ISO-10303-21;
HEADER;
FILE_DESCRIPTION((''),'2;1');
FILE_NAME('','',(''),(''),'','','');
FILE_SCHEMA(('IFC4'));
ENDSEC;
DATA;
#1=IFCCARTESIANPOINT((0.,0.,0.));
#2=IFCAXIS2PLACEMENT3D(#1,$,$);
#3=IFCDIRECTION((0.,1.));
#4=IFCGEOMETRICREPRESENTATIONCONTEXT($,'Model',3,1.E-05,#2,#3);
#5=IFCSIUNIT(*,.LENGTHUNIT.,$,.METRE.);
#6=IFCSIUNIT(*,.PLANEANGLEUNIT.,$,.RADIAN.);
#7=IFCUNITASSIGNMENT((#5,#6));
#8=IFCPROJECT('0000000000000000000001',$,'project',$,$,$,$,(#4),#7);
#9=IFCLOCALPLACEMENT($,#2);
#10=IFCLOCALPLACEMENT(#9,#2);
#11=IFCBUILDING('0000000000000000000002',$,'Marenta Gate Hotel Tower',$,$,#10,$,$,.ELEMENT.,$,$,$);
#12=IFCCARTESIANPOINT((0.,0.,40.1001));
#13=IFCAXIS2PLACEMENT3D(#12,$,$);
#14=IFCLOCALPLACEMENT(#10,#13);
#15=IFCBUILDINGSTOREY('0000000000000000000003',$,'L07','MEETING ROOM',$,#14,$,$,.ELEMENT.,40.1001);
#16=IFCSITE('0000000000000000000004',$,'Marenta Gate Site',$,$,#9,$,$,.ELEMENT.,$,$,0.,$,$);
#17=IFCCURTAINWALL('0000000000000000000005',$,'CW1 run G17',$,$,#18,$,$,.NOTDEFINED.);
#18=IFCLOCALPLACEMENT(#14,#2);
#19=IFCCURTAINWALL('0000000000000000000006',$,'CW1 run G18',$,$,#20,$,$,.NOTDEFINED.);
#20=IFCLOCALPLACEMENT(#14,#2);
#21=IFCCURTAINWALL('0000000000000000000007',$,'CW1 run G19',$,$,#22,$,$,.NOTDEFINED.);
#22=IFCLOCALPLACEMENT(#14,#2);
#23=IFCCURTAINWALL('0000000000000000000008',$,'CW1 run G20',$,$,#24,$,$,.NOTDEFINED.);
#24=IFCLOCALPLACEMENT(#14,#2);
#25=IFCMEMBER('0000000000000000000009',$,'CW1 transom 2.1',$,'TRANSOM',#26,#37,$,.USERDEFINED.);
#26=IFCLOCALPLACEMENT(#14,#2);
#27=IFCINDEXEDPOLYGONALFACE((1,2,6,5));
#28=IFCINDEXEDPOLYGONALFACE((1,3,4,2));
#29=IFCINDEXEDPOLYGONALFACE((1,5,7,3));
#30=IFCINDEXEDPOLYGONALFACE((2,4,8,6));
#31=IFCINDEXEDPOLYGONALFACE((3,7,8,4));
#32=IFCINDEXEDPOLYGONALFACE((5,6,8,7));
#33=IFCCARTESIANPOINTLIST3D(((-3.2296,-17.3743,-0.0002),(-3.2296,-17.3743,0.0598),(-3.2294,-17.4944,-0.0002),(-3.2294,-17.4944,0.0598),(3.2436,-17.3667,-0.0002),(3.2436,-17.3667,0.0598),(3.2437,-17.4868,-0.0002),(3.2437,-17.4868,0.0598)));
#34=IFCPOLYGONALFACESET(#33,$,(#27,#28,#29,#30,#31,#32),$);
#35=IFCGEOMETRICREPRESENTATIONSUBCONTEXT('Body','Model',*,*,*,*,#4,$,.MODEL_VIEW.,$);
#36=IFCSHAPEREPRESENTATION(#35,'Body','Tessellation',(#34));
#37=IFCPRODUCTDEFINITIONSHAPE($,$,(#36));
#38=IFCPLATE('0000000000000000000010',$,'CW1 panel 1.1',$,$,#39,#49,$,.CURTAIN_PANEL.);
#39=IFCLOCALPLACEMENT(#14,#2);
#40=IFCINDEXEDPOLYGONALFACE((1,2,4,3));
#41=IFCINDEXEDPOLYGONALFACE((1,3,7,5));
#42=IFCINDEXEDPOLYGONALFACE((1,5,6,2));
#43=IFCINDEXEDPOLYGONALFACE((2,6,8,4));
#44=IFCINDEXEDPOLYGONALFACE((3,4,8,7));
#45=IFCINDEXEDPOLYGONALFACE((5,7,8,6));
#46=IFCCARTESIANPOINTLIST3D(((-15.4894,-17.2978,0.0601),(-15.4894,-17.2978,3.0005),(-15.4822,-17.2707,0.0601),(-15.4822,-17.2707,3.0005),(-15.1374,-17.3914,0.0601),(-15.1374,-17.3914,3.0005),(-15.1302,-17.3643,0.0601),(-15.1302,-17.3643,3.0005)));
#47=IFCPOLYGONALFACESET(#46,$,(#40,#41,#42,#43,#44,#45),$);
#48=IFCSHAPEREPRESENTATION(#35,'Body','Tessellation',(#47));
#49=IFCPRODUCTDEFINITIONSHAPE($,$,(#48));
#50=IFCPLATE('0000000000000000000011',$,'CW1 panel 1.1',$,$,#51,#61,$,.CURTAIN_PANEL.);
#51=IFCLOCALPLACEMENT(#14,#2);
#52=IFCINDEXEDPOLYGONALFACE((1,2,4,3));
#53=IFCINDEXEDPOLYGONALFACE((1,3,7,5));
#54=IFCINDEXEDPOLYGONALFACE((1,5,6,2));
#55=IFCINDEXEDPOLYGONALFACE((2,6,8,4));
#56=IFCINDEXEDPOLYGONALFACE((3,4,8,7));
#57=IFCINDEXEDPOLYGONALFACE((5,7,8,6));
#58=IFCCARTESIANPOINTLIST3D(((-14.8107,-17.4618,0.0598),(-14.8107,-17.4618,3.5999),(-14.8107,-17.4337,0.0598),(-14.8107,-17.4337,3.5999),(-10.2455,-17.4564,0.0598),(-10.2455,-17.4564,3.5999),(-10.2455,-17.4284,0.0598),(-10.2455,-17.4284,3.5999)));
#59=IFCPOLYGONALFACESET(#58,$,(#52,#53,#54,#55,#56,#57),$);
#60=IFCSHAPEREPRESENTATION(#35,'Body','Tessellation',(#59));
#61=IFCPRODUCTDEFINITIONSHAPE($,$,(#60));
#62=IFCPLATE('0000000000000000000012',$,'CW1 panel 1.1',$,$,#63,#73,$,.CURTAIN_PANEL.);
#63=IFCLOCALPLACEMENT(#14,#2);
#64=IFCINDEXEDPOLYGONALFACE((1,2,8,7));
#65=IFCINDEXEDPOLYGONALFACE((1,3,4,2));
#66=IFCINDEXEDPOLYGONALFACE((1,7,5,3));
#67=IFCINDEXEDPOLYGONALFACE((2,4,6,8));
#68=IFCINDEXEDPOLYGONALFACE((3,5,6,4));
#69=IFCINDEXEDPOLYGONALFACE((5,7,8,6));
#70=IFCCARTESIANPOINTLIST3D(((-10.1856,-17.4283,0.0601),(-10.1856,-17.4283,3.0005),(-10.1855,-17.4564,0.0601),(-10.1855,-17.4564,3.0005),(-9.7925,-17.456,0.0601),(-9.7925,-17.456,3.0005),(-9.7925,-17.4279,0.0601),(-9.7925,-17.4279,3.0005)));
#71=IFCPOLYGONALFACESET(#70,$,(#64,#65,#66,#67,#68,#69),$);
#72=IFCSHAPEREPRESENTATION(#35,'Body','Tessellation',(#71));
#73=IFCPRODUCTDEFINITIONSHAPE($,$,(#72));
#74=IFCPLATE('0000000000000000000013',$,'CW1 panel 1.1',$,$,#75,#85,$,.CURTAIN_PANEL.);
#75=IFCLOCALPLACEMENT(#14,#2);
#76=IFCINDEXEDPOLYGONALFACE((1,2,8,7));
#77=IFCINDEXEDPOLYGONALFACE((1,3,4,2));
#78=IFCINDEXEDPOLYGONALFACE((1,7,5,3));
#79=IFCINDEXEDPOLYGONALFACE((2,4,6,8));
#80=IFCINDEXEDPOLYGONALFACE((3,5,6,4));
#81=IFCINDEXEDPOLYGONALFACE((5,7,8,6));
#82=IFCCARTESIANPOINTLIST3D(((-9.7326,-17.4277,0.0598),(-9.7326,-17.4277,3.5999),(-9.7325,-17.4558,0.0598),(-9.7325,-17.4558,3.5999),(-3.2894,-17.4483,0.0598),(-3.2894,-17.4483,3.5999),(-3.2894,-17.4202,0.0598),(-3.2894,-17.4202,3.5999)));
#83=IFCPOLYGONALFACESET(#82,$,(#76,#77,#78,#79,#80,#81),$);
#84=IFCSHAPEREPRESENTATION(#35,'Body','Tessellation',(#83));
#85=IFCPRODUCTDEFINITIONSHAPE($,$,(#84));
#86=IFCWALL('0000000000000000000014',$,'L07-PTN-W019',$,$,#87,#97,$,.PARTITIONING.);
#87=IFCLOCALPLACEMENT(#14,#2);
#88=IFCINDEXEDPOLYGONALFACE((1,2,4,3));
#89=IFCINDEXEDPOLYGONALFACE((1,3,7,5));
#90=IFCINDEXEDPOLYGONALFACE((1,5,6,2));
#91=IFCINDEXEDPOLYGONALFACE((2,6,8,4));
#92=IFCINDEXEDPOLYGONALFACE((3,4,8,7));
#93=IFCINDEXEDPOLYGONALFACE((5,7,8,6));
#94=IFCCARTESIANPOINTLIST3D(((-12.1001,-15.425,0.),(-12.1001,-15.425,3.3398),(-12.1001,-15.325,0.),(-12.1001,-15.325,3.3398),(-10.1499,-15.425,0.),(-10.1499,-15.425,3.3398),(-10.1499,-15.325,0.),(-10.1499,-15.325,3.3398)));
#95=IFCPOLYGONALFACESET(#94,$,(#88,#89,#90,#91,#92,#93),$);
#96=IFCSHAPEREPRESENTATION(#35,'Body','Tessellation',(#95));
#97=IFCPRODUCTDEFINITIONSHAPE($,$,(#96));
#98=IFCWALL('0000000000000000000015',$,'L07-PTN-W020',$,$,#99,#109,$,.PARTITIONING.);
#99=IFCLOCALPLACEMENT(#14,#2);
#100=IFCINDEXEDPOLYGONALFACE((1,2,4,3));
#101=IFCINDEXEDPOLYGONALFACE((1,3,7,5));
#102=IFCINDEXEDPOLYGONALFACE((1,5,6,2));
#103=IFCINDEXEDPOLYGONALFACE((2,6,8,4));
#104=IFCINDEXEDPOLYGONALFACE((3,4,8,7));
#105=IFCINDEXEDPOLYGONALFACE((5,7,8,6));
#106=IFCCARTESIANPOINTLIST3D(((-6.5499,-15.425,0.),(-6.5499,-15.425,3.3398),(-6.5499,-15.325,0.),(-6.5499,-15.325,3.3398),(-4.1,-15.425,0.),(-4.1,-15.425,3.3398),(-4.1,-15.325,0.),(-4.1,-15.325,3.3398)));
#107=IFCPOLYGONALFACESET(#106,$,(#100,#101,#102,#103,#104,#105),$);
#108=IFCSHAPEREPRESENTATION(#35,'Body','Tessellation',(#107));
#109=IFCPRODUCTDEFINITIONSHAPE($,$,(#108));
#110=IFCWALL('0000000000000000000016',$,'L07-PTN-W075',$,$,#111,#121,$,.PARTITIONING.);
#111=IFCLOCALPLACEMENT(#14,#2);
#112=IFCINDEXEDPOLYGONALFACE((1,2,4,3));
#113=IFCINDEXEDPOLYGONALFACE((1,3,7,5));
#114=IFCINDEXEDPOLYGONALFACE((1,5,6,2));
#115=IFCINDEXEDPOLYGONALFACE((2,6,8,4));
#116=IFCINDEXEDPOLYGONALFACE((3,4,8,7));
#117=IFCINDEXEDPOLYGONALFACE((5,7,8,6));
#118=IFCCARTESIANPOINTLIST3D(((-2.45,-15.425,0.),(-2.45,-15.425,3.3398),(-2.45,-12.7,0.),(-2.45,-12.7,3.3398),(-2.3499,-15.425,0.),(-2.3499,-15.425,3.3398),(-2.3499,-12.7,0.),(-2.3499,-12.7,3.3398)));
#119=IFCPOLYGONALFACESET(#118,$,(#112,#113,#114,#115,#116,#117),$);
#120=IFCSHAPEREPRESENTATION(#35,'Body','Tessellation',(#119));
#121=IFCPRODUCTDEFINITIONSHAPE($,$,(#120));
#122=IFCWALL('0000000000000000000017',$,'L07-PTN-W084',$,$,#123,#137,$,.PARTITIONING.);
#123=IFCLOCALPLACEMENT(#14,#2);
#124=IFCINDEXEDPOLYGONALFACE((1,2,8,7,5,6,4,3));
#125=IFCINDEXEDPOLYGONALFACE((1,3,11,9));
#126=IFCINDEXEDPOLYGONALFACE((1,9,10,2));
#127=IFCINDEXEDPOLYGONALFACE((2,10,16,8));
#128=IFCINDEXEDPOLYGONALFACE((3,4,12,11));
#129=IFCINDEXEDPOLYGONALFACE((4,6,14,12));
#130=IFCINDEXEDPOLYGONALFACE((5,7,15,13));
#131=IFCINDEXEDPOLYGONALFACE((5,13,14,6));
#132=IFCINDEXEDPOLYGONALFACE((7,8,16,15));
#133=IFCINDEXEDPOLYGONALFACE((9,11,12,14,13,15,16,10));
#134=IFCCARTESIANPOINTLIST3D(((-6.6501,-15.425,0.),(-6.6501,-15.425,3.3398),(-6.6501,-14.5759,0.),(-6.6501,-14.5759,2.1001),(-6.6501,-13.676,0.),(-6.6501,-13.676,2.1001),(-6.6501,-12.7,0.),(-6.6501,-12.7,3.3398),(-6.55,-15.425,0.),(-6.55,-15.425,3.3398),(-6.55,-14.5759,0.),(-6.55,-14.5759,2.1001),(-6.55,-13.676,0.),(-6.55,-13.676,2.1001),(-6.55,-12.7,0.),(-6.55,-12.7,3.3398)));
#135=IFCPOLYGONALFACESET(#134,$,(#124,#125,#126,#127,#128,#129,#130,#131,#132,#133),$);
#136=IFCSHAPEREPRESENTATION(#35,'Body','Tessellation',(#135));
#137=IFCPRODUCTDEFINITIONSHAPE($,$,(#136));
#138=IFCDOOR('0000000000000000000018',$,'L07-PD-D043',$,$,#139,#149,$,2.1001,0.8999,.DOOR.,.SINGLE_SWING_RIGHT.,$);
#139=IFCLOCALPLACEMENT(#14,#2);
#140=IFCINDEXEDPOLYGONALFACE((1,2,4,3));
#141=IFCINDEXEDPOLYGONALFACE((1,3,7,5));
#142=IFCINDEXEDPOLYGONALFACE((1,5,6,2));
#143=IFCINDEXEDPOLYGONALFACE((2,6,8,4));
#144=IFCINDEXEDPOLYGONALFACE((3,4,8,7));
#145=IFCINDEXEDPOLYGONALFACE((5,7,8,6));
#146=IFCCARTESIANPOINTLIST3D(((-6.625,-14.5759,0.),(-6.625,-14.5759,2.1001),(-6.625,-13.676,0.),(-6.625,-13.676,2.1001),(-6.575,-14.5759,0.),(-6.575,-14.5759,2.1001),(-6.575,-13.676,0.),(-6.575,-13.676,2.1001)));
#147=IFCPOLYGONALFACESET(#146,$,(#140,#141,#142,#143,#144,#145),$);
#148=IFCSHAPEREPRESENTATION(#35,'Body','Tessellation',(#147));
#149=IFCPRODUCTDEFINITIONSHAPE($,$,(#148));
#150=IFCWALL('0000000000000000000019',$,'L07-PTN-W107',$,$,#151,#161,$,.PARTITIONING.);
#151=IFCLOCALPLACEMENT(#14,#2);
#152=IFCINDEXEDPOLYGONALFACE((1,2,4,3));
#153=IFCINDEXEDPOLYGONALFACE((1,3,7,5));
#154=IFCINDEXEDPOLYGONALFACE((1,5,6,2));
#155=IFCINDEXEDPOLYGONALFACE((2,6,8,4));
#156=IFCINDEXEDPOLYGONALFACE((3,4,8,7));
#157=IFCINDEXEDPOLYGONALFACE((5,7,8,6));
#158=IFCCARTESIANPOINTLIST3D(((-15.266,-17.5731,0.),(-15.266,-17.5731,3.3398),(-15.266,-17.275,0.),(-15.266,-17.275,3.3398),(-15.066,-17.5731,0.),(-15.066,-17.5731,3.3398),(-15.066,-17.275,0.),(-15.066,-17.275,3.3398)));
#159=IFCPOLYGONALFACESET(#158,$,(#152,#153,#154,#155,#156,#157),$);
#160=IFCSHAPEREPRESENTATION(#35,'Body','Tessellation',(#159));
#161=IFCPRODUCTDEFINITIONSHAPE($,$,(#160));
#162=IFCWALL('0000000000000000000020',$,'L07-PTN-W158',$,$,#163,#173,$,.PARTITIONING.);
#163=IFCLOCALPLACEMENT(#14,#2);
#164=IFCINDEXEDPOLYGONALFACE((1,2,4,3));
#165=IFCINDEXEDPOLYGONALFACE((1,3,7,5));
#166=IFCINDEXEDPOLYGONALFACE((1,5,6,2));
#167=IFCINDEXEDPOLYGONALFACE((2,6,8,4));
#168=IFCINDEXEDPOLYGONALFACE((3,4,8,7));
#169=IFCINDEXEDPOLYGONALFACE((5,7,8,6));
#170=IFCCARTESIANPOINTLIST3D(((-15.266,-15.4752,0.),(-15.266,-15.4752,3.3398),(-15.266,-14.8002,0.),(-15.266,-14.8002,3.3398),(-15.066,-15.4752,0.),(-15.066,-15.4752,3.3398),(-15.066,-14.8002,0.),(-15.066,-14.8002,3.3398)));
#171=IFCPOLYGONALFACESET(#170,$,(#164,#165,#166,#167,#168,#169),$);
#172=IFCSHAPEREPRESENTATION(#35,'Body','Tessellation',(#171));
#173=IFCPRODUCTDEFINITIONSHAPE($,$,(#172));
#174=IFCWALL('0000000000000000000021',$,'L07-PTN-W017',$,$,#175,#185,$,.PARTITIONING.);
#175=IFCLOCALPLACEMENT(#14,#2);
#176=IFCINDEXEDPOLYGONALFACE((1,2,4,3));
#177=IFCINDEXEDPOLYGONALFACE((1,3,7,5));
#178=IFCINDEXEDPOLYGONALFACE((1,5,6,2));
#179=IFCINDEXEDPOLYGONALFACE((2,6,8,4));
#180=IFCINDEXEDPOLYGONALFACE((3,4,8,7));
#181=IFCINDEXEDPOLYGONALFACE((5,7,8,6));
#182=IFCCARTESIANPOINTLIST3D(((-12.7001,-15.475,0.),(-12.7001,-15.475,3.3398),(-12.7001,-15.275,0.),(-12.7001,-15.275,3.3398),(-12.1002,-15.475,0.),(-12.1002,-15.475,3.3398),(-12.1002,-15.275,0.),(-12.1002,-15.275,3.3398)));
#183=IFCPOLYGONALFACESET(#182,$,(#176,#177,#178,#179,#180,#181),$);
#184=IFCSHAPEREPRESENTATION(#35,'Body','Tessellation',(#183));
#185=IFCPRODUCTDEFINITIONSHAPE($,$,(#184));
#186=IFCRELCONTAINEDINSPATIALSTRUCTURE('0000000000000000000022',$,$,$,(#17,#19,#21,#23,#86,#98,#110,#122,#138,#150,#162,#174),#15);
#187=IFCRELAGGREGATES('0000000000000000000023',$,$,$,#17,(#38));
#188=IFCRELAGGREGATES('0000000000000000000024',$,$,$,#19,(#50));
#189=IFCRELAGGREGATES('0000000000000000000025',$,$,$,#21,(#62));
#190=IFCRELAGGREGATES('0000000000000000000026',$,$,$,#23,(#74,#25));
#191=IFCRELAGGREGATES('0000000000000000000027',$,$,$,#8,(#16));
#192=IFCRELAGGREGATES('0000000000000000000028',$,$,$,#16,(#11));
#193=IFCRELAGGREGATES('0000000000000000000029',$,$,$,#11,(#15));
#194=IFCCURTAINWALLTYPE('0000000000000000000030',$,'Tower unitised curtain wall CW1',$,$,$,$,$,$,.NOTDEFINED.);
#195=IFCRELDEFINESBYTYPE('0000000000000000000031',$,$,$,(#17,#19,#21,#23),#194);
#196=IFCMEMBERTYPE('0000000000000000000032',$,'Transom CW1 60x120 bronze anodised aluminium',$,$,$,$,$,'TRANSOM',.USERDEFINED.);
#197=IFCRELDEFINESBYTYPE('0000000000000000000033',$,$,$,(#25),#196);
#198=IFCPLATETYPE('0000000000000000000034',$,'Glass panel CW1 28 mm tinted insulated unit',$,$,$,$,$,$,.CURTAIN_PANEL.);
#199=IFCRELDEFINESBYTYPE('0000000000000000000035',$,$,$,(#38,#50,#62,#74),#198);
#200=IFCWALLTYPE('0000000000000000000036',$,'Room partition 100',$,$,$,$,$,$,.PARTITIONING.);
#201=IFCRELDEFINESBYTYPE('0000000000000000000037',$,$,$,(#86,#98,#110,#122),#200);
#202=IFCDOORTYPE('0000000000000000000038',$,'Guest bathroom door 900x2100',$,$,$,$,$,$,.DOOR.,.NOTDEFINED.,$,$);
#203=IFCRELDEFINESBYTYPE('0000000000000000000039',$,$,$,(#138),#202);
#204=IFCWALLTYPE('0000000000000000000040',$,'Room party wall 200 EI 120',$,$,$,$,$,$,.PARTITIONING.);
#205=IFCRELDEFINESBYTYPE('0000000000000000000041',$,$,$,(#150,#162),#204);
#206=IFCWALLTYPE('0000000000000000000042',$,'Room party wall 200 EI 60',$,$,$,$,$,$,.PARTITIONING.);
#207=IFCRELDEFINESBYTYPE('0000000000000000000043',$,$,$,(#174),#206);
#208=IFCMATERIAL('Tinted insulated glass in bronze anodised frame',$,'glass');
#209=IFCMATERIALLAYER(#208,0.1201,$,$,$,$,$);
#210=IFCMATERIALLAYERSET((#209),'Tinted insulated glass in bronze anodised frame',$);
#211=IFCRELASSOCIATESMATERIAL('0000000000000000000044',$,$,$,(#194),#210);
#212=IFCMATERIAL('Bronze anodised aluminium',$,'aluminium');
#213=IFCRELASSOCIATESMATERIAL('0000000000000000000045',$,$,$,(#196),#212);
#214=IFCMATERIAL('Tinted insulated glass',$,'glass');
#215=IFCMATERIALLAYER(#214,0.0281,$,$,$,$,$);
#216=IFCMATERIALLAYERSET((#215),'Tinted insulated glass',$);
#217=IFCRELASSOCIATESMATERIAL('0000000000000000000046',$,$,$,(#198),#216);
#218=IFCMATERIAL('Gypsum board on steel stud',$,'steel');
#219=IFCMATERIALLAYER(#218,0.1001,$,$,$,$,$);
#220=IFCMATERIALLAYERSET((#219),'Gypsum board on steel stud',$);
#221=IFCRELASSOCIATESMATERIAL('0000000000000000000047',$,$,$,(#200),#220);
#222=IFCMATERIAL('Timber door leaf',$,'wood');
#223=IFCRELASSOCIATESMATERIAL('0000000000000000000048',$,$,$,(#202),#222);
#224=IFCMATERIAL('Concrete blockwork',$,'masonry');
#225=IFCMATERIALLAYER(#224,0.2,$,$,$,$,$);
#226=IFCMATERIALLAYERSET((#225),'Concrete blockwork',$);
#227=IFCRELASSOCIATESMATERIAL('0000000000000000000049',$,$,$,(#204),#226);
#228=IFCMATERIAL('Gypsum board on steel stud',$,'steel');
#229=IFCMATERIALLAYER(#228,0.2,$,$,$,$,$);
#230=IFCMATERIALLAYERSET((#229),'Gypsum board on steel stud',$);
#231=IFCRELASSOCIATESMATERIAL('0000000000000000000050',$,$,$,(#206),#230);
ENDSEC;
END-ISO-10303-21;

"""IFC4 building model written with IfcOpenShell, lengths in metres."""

from ifc_helpers import new_model, si_unit, direction, frame, frame_2d, origin, origin_2d, place, context, subcontext, project, spatial, rectangle, extrude, material, layer, layer_set, material_profile, profile_set, type_object, element, fill, aggregate, save


model = new_model("IFC4")

# Units and contexts
model_context = context("Model", 3, precision=1e-05, world=origin(), true_north=direction((0.0, 1.0)))
body_context = subcontext(model_context, "Body", "Model", "MODEL_VIEW")
ifc_project = project(units=[si_unit("LENGTHUNIT", "METRE"), si_unit("PLANEANGLEUNIT", "RADIAN")], contexts=[model_context])

# Site, building, storey
site_placement = place(None, origin())
site = spatial("IfcSite", under=ifc_project, at=site_placement, Name="Marenta Gate Site", CompositionType="ELEMENT", RefElevation=0.0)
building_placement = place(site_placement, origin())
building = spatial("IfcBuilding", under=site, at=building_placement, Name="Marenta Gate Hotel Tower", CompositionType="ELEMENT")
storey_placement = place(building_placement, frame((0.0, 0.0, 40.1001)))
storey = spatial("IfcBuildingStorey", under=building, at=storey_placement, Name="L07", Description="MEETING ROOM", CompositionType="ELEMENT", Elevation=40.1001)

# Curtain wall
ifc_material_1 = material(Name="Tinted insulated glass in bronze anodised frame", Category="glass")
ifc_layer_1 = layer(ifc_material_1, 0.1201)
ifc_layer_set_1 = layer_set([ifc_layer_1], Name="Tinted insulated glass in bronze anodised frame")
curtain_wall_type = type_object("IfcCurtainWallType", Name="Tower unitised curtain wall CW1", PredefinedType="NOTDEFINED", material=ifc_layer_set_1)
curtain_wall_1_placement = place(storey_placement, origin())
curtain_wall_1 = element("IfcCurtainWall", 1, at=curtain_wall_1_placement, inside=storey, type_object=curtain_wall_type, Name="CW1 run G17", PredefinedType="NOTDEFINED")

# Curtain walls
curtain_wall_2_placement = place(storey_placement, origin())
curtain_wall_2 = element("IfcCurtainWall", 2, at=curtain_wall_2_placement, inside=storey, type_object=curtain_wall_type, Name="CW1 run G18", PredefinedType="NOTDEFINED")
curtain_wall_3_placement = place(storey_placement, origin())
curtain_wall_3 = element("IfcCurtainWall", 3, at=curtain_wall_3_placement, inside=storey, type_object=curtain_wall_type, Name="CW1 run G19", PredefinedType="NOTDEFINED")

# Curtain wall
curtain_wall_4_placement = place(storey_placement, origin())
curtain_wall_4 = element("IfcCurtainWall", 4, at=curtain_wall_4_placement, inside=storey, type_object=curtain_wall_type, Name="CW1 run G20", PredefinedType="NOTDEFINED")

# Member
ifc_material_2 = material(Name="Bronze anodised aluminium", Category="aluminium")
ifc_material_profile_1 = material_profile(ifc_material_2, rectangle(XDim=0.1201, YDim=0.0601, at=origin_2d()), Name="Transom CW1 60x120 bronze anodised aluminium")
ifc_profile_set_1 = profile_set([ifc_material_profile_1], Name="Bronze anodised aluminium")
member_type_1 = type_object("IfcMemberType", Name="Transom CW1 60x120 bronze anodised aluminium", ElementType="TRANSOM", PredefinedType="USERDEFINED", material=ifc_profile_set_1)
member_1_placement = place(storey_placement, frame((-3.2295, -17.4343, 0.0298), z_axis=(0.999999, 0.001169, 0.0), x_axis=(-0.001169, 0.999999, 0.0)))
member_1 = element("IfcMember", 5, at=member_1_placement, type_object=member_type_1, Name="CW1 transom 2.1", ObjectType="TRANSOM", PredefinedType="USERDEFINED", context=body_context, shape_type="SweptSolid", body=[
    extrude(rectangle(XDim=0.1201, YDim=0.0601, at=origin_2d()), origin(), (0.0, 0.0, 1.0), 6.4731),
])

# Plates
ifc_material_3 = material(Name="Tinted insulated glass", Category="glass")
ifc_layer_2 = layer(ifc_material_3, 0.0281)
ifc_layer_set_2 = layer_set([ifc_layer_2], Name="Tinted insulated glass")
plate_type = type_object("IfcPlateType", Name="Glass panel CW1 28 mm tinted insulated unit", PredefinedType="CURTAIN_PANEL", material=ifc_layer_set_2)
plate_1_placement = place(storey_placement, frame((-15.3098, -17.3311, 0.0601), z_axis=(0.0, 0.0, 1.0), x_axis=(0.966389, -0.257084, 0.0)))
plate_1 = element("IfcPlate", 6, at=plate_1_placement, type_object=plate_type, Name="CW1 panel 1.1", PredefinedType="CURTAIN_PANEL", context=body_context, shape_type="SweptSolid", body=[
    extrude(rectangle(XDim=0.3643, YDim=0.0281, at=origin_2d()), origin(), (0.0, 0.0, 1.0), 2.9404),
])
aggregate(curtain_wall_1, [plate_1])
plate_2_placement = place(storey_placement, frame((-12.5281, -17.4451, 0.0598), z_axis=(0.0, 0.0, 1.0), x_axis=(0.999999, 0.001168, 0.0)))
plate_2 = element("IfcPlate", 7, at=plate_2_placement, type_object=plate_type, Name="CW1 panel 1.1", PredefinedType="CURTAIN_PANEL", context=body_context, shape_type="SweptSolid", body=[
    extrude(rectangle(XDim=4.5652, YDim=0.0281, at=origin_2d()), origin(), (0.0, 0.0, 1.0), 3.54),
])
aggregate(curtain_wall_2, [plate_2])
plate_3_placement = place(storey_placement, frame((-9.989, -17.4421, 0.0601), z_axis=(0.0, 0.0, 1.0), x_axis=(0.999999, 0.001104, 0.0)))
plate_3 = element("IfcPlate", 8, at=plate_3_placement, type_object=plate_type, Name="CW1 panel 1.1", PredefinedType="CURTAIN_PANEL", context=body_context, shape_type="SweptSolid", body=[
    extrude(rectangle(XDim=0.3931, YDim=0.0281, at=origin_2d()), origin(), (0.0, 0.0, 1.0), 2.9404),
])
aggregate(curtain_wall_3, [plate_3])
plate_4_placement = place(storey_placement, frame((-6.511, -17.438, 0.0598), z_axis=(0.0, 0.0, 1.0), x_axis=(0.999999, 0.001163, 0.0)))
plate_4 = element("IfcPlate", 9, at=plate_4_placement, type_object=plate_type, Name="CW1 panel 1.1", PredefinedType="CURTAIN_PANEL", context=body_context, shape_type="SweptSolid", body=[
    extrude(rectangle(XDim=6.4431, YDim=0.0281, at=origin_2d()), origin(), (0.0, 0.0, 1.0), 3.54),
])
aggregate(curtain_wall_4, [plate_4, member_1])

# Walls
ifc_material_4 = material(Name="Gypsum board on steel stud", Category="steel")
ifc_layer_3 = layer(ifc_material_4, 0.1001)
ifc_layer_set_3 = layer_set([ifc_layer_3], Name="Gypsum board on steel stud")
wall_type_1 = type_object("IfcWallType", Name="Room partition 100", PredefinedType="PARTITIONING", material=ifc_layer_set_3)
wall_1_placement = place(storey_placement, frame((-12.1001, -15.375, 0.0), z_axis=(0.0, 0.0, 1.0), x_axis=(1.0, 0.0, 0.0)))
element("IfcWall", 10, at=wall_1_placement, inside=storey, type_object=wall_type_1, Name="L07-PTN-W019", PredefinedType="PARTITIONING", context=body_context, shape_type="SweptSolid", body=[
    extrude(rectangle(XDim=1.9502, YDim=0.1001, at=frame_2d((0.9751, 0.0))), origin(), (0.0, 0.0, 1.0), 3.3398),
])
wall_2_placement = place(storey_placement, frame((-6.55, -15.375, 0.0), z_axis=(0.0, 0.0, 1.0), x_axis=(1.0, 0.0, 0.0)))
element("IfcWall", 11, at=wall_2_placement, inside=storey, type_object=wall_type_1, Name="L07-PTN-W020", PredefinedType="PARTITIONING", context=body_context, shape_type="SweptSolid", body=[
    extrude(rectangle(XDim=2.45, YDim=0.1001, at=frame_2d((1.2251, 0.0))), origin(), (0.0, 0.0, 1.0), 3.3398),
])
wall_3_placement = place(storey_placement, frame((-2.3999, -15.425, 0.0), z_axis=(0.0, 0.0, 1.0), x_axis=(0.0, 1.0, 0.0)))
element("IfcWall", 12, at=wall_3_placement, inside=storey, type_object=wall_type_1, Name="L07-PTN-W075", PredefinedType="PARTITIONING", context=body_context, shape_type="SweptSolid", body=[
    extrude(rectangle(XDim=2.7251, YDim=0.1001, at=frame_2d((1.3625, 0.0))), origin(), (0.0, 0.0, 1.0), 3.3398),
])

# Wall, opening, door
wall_4_placement = place(storey_placement, frame((-6.6001, -15.425, 0.0), z_axis=(0.0, 0.0, 1.0), x_axis=(0.0, 1.0, 0.0)))
wall_4 = element("IfcWall", 13, at=wall_4_placement, inside=storey, type_object=wall_type_1, Name="L07-PTN-W084", PredefinedType="PARTITIONING", context=body_context, shape_type="SweptSolid", body=[
    extrude(rectangle(XDim=2.7251, YDim=0.1001, at=frame_2d((1.3625, 0.0))), origin(), (0.0, 0.0, 1.0), 3.3398),
])
opening_placement = place(wall_4_placement, frame((0.8491, 0.0, 0.0)))
opening = element("IfcOpeningElement", 14, at=opening_placement, cuts=wall_4, PredefinedType="OPENING", context=body_context, shape_type="SweptSolid", body=[
    extrude(rectangle(XDim=0.8999, YDim=2.1001, at=frame_2d((0.45, 1.05))), frame((0.0, 0.05, 0.0), z_axis=(0.0, -1.0, 0.0), x_axis=(1.0, 0.0, 0.0)), (0.0, 0.0, 1.0), 0.1001),
])
ifc_material_5 = material(Name="Timber door leaf", Category="wood")
door_type = type_object("IfcDoorType", Name="Guest bathroom door 900x2100", OperationType="NOTDEFINED", PredefinedType="DOOR", material=ifc_material_5)
door_placement = place(opening_placement, origin())
door = element("IfcDoor", 15, at=door_placement, inside=storey, type_object=door_type, Name="L07-PD-D043", OperationType="SINGLE_SWING_RIGHT", OverallHeight=2.1001, OverallWidth=0.8999, PredefinedType="DOOR", context=body_context, shape_type="SweptSolid", body=[
    extrude(rectangle(XDim=0.8999, YDim=2.1001, at=frame_2d((0.45, 1.05))), frame((0.0, 0.0249, 0.0), z_axis=(0.0, -1.0, 0.0), x_axis=(1.0, 0.0, 0.0)), (0.0, 0.0, 1.0), 0.05),
])
fill(opening, door)

# Walls
ifc_material_6 = material(Name="Concrete blockwork", Category="masonry")
ifc_layer_4 = layer(ifc_material_6, 0.2)
ifc_layer_set_4 = layer_set([ifc_layer_4], Name="Concrete blockwork")
wall_type_2 = type_object("IfcWallType", Name="Room party wall 200 EI 120", PredefinedType="PARTITIONING", material=ifc_layer_set_4)
wall_5_placement = place(storey_placement, frame((-15.166, -17.573, 0.0), z_axis=(0.0, 0.0, 1.0), x_axis=(0.0, 1.0, 0.0)))
element("IfcWall", 16, at=wall_5_placement, inside=storey, type_object=wall_type_2, Name="L07-PTN-W107", PredefinedType="PARTITIONING", context=body_context, shape_type="SweptSolid", body=[
    extrude(rectangle(XDim=0.2981, YDim=0.2, at=frame_2d((0.1489, 0.0))), origin(), (0.0, 0.0, 1.0), 3.3398),
])
wall_6_placement = place(storey_placement, frame((-15.166, -15.4751, 0.0), z_axis=(0.0, 0.0, 1.0), x_axis=(0.0, 1.0, 0.0)))
element("IfcWall", 17, at=wall_6_placement, inside=storey, type_object=wall_type_2, Name="L07-PTN-W158", PredefinedType="PARTITIONING", context=body_context, shape_type="SweptSolid", body=[
    extrude(rectangle(XDim=0.675, YDim=0.2, at=frame_2d((0.3374, 0.0))), origin(), (0.0, 0.0, 1.0), 3.3398),
])
ifc_material_7 = material(Name="Gypsum board on steel stud", Category="steel")
ifc_layer_5 = layer(ifc_material_7, 0.2)
ifc_layer_set_5 = layer_set([ifc_layer_5], Name="Gypsum board on steel stud")
wall_type_3 = type_object("IfcWallType", Name="Room party wall 200 EI 60", PredefinedType="PARTITIONING", material=ifc_layer_set_5)
wall_7_placement = place(storey_placement, frame((-12.7, -15.375, 0.0), z_axis=(0.0, 0.0, 1.0), x_axis=(1.0, 0.0, 0.0)))
element("IfcWall", 18, at=wall_7_placement, inside=storey, type_object=wall_type_3, Name="L07-PTN-W017", PredefinedType="PARTITIONING", context=body_context, shape_type="SweptSolid", body=[
    extrude(rectangle(XDim=0.5999, YDim=0.2, at=frame_2d((0.2998, 0.0))), origin(), (0.0, 0.0, 1.0), 3.3398),
])

save(model, "model.ifc")
